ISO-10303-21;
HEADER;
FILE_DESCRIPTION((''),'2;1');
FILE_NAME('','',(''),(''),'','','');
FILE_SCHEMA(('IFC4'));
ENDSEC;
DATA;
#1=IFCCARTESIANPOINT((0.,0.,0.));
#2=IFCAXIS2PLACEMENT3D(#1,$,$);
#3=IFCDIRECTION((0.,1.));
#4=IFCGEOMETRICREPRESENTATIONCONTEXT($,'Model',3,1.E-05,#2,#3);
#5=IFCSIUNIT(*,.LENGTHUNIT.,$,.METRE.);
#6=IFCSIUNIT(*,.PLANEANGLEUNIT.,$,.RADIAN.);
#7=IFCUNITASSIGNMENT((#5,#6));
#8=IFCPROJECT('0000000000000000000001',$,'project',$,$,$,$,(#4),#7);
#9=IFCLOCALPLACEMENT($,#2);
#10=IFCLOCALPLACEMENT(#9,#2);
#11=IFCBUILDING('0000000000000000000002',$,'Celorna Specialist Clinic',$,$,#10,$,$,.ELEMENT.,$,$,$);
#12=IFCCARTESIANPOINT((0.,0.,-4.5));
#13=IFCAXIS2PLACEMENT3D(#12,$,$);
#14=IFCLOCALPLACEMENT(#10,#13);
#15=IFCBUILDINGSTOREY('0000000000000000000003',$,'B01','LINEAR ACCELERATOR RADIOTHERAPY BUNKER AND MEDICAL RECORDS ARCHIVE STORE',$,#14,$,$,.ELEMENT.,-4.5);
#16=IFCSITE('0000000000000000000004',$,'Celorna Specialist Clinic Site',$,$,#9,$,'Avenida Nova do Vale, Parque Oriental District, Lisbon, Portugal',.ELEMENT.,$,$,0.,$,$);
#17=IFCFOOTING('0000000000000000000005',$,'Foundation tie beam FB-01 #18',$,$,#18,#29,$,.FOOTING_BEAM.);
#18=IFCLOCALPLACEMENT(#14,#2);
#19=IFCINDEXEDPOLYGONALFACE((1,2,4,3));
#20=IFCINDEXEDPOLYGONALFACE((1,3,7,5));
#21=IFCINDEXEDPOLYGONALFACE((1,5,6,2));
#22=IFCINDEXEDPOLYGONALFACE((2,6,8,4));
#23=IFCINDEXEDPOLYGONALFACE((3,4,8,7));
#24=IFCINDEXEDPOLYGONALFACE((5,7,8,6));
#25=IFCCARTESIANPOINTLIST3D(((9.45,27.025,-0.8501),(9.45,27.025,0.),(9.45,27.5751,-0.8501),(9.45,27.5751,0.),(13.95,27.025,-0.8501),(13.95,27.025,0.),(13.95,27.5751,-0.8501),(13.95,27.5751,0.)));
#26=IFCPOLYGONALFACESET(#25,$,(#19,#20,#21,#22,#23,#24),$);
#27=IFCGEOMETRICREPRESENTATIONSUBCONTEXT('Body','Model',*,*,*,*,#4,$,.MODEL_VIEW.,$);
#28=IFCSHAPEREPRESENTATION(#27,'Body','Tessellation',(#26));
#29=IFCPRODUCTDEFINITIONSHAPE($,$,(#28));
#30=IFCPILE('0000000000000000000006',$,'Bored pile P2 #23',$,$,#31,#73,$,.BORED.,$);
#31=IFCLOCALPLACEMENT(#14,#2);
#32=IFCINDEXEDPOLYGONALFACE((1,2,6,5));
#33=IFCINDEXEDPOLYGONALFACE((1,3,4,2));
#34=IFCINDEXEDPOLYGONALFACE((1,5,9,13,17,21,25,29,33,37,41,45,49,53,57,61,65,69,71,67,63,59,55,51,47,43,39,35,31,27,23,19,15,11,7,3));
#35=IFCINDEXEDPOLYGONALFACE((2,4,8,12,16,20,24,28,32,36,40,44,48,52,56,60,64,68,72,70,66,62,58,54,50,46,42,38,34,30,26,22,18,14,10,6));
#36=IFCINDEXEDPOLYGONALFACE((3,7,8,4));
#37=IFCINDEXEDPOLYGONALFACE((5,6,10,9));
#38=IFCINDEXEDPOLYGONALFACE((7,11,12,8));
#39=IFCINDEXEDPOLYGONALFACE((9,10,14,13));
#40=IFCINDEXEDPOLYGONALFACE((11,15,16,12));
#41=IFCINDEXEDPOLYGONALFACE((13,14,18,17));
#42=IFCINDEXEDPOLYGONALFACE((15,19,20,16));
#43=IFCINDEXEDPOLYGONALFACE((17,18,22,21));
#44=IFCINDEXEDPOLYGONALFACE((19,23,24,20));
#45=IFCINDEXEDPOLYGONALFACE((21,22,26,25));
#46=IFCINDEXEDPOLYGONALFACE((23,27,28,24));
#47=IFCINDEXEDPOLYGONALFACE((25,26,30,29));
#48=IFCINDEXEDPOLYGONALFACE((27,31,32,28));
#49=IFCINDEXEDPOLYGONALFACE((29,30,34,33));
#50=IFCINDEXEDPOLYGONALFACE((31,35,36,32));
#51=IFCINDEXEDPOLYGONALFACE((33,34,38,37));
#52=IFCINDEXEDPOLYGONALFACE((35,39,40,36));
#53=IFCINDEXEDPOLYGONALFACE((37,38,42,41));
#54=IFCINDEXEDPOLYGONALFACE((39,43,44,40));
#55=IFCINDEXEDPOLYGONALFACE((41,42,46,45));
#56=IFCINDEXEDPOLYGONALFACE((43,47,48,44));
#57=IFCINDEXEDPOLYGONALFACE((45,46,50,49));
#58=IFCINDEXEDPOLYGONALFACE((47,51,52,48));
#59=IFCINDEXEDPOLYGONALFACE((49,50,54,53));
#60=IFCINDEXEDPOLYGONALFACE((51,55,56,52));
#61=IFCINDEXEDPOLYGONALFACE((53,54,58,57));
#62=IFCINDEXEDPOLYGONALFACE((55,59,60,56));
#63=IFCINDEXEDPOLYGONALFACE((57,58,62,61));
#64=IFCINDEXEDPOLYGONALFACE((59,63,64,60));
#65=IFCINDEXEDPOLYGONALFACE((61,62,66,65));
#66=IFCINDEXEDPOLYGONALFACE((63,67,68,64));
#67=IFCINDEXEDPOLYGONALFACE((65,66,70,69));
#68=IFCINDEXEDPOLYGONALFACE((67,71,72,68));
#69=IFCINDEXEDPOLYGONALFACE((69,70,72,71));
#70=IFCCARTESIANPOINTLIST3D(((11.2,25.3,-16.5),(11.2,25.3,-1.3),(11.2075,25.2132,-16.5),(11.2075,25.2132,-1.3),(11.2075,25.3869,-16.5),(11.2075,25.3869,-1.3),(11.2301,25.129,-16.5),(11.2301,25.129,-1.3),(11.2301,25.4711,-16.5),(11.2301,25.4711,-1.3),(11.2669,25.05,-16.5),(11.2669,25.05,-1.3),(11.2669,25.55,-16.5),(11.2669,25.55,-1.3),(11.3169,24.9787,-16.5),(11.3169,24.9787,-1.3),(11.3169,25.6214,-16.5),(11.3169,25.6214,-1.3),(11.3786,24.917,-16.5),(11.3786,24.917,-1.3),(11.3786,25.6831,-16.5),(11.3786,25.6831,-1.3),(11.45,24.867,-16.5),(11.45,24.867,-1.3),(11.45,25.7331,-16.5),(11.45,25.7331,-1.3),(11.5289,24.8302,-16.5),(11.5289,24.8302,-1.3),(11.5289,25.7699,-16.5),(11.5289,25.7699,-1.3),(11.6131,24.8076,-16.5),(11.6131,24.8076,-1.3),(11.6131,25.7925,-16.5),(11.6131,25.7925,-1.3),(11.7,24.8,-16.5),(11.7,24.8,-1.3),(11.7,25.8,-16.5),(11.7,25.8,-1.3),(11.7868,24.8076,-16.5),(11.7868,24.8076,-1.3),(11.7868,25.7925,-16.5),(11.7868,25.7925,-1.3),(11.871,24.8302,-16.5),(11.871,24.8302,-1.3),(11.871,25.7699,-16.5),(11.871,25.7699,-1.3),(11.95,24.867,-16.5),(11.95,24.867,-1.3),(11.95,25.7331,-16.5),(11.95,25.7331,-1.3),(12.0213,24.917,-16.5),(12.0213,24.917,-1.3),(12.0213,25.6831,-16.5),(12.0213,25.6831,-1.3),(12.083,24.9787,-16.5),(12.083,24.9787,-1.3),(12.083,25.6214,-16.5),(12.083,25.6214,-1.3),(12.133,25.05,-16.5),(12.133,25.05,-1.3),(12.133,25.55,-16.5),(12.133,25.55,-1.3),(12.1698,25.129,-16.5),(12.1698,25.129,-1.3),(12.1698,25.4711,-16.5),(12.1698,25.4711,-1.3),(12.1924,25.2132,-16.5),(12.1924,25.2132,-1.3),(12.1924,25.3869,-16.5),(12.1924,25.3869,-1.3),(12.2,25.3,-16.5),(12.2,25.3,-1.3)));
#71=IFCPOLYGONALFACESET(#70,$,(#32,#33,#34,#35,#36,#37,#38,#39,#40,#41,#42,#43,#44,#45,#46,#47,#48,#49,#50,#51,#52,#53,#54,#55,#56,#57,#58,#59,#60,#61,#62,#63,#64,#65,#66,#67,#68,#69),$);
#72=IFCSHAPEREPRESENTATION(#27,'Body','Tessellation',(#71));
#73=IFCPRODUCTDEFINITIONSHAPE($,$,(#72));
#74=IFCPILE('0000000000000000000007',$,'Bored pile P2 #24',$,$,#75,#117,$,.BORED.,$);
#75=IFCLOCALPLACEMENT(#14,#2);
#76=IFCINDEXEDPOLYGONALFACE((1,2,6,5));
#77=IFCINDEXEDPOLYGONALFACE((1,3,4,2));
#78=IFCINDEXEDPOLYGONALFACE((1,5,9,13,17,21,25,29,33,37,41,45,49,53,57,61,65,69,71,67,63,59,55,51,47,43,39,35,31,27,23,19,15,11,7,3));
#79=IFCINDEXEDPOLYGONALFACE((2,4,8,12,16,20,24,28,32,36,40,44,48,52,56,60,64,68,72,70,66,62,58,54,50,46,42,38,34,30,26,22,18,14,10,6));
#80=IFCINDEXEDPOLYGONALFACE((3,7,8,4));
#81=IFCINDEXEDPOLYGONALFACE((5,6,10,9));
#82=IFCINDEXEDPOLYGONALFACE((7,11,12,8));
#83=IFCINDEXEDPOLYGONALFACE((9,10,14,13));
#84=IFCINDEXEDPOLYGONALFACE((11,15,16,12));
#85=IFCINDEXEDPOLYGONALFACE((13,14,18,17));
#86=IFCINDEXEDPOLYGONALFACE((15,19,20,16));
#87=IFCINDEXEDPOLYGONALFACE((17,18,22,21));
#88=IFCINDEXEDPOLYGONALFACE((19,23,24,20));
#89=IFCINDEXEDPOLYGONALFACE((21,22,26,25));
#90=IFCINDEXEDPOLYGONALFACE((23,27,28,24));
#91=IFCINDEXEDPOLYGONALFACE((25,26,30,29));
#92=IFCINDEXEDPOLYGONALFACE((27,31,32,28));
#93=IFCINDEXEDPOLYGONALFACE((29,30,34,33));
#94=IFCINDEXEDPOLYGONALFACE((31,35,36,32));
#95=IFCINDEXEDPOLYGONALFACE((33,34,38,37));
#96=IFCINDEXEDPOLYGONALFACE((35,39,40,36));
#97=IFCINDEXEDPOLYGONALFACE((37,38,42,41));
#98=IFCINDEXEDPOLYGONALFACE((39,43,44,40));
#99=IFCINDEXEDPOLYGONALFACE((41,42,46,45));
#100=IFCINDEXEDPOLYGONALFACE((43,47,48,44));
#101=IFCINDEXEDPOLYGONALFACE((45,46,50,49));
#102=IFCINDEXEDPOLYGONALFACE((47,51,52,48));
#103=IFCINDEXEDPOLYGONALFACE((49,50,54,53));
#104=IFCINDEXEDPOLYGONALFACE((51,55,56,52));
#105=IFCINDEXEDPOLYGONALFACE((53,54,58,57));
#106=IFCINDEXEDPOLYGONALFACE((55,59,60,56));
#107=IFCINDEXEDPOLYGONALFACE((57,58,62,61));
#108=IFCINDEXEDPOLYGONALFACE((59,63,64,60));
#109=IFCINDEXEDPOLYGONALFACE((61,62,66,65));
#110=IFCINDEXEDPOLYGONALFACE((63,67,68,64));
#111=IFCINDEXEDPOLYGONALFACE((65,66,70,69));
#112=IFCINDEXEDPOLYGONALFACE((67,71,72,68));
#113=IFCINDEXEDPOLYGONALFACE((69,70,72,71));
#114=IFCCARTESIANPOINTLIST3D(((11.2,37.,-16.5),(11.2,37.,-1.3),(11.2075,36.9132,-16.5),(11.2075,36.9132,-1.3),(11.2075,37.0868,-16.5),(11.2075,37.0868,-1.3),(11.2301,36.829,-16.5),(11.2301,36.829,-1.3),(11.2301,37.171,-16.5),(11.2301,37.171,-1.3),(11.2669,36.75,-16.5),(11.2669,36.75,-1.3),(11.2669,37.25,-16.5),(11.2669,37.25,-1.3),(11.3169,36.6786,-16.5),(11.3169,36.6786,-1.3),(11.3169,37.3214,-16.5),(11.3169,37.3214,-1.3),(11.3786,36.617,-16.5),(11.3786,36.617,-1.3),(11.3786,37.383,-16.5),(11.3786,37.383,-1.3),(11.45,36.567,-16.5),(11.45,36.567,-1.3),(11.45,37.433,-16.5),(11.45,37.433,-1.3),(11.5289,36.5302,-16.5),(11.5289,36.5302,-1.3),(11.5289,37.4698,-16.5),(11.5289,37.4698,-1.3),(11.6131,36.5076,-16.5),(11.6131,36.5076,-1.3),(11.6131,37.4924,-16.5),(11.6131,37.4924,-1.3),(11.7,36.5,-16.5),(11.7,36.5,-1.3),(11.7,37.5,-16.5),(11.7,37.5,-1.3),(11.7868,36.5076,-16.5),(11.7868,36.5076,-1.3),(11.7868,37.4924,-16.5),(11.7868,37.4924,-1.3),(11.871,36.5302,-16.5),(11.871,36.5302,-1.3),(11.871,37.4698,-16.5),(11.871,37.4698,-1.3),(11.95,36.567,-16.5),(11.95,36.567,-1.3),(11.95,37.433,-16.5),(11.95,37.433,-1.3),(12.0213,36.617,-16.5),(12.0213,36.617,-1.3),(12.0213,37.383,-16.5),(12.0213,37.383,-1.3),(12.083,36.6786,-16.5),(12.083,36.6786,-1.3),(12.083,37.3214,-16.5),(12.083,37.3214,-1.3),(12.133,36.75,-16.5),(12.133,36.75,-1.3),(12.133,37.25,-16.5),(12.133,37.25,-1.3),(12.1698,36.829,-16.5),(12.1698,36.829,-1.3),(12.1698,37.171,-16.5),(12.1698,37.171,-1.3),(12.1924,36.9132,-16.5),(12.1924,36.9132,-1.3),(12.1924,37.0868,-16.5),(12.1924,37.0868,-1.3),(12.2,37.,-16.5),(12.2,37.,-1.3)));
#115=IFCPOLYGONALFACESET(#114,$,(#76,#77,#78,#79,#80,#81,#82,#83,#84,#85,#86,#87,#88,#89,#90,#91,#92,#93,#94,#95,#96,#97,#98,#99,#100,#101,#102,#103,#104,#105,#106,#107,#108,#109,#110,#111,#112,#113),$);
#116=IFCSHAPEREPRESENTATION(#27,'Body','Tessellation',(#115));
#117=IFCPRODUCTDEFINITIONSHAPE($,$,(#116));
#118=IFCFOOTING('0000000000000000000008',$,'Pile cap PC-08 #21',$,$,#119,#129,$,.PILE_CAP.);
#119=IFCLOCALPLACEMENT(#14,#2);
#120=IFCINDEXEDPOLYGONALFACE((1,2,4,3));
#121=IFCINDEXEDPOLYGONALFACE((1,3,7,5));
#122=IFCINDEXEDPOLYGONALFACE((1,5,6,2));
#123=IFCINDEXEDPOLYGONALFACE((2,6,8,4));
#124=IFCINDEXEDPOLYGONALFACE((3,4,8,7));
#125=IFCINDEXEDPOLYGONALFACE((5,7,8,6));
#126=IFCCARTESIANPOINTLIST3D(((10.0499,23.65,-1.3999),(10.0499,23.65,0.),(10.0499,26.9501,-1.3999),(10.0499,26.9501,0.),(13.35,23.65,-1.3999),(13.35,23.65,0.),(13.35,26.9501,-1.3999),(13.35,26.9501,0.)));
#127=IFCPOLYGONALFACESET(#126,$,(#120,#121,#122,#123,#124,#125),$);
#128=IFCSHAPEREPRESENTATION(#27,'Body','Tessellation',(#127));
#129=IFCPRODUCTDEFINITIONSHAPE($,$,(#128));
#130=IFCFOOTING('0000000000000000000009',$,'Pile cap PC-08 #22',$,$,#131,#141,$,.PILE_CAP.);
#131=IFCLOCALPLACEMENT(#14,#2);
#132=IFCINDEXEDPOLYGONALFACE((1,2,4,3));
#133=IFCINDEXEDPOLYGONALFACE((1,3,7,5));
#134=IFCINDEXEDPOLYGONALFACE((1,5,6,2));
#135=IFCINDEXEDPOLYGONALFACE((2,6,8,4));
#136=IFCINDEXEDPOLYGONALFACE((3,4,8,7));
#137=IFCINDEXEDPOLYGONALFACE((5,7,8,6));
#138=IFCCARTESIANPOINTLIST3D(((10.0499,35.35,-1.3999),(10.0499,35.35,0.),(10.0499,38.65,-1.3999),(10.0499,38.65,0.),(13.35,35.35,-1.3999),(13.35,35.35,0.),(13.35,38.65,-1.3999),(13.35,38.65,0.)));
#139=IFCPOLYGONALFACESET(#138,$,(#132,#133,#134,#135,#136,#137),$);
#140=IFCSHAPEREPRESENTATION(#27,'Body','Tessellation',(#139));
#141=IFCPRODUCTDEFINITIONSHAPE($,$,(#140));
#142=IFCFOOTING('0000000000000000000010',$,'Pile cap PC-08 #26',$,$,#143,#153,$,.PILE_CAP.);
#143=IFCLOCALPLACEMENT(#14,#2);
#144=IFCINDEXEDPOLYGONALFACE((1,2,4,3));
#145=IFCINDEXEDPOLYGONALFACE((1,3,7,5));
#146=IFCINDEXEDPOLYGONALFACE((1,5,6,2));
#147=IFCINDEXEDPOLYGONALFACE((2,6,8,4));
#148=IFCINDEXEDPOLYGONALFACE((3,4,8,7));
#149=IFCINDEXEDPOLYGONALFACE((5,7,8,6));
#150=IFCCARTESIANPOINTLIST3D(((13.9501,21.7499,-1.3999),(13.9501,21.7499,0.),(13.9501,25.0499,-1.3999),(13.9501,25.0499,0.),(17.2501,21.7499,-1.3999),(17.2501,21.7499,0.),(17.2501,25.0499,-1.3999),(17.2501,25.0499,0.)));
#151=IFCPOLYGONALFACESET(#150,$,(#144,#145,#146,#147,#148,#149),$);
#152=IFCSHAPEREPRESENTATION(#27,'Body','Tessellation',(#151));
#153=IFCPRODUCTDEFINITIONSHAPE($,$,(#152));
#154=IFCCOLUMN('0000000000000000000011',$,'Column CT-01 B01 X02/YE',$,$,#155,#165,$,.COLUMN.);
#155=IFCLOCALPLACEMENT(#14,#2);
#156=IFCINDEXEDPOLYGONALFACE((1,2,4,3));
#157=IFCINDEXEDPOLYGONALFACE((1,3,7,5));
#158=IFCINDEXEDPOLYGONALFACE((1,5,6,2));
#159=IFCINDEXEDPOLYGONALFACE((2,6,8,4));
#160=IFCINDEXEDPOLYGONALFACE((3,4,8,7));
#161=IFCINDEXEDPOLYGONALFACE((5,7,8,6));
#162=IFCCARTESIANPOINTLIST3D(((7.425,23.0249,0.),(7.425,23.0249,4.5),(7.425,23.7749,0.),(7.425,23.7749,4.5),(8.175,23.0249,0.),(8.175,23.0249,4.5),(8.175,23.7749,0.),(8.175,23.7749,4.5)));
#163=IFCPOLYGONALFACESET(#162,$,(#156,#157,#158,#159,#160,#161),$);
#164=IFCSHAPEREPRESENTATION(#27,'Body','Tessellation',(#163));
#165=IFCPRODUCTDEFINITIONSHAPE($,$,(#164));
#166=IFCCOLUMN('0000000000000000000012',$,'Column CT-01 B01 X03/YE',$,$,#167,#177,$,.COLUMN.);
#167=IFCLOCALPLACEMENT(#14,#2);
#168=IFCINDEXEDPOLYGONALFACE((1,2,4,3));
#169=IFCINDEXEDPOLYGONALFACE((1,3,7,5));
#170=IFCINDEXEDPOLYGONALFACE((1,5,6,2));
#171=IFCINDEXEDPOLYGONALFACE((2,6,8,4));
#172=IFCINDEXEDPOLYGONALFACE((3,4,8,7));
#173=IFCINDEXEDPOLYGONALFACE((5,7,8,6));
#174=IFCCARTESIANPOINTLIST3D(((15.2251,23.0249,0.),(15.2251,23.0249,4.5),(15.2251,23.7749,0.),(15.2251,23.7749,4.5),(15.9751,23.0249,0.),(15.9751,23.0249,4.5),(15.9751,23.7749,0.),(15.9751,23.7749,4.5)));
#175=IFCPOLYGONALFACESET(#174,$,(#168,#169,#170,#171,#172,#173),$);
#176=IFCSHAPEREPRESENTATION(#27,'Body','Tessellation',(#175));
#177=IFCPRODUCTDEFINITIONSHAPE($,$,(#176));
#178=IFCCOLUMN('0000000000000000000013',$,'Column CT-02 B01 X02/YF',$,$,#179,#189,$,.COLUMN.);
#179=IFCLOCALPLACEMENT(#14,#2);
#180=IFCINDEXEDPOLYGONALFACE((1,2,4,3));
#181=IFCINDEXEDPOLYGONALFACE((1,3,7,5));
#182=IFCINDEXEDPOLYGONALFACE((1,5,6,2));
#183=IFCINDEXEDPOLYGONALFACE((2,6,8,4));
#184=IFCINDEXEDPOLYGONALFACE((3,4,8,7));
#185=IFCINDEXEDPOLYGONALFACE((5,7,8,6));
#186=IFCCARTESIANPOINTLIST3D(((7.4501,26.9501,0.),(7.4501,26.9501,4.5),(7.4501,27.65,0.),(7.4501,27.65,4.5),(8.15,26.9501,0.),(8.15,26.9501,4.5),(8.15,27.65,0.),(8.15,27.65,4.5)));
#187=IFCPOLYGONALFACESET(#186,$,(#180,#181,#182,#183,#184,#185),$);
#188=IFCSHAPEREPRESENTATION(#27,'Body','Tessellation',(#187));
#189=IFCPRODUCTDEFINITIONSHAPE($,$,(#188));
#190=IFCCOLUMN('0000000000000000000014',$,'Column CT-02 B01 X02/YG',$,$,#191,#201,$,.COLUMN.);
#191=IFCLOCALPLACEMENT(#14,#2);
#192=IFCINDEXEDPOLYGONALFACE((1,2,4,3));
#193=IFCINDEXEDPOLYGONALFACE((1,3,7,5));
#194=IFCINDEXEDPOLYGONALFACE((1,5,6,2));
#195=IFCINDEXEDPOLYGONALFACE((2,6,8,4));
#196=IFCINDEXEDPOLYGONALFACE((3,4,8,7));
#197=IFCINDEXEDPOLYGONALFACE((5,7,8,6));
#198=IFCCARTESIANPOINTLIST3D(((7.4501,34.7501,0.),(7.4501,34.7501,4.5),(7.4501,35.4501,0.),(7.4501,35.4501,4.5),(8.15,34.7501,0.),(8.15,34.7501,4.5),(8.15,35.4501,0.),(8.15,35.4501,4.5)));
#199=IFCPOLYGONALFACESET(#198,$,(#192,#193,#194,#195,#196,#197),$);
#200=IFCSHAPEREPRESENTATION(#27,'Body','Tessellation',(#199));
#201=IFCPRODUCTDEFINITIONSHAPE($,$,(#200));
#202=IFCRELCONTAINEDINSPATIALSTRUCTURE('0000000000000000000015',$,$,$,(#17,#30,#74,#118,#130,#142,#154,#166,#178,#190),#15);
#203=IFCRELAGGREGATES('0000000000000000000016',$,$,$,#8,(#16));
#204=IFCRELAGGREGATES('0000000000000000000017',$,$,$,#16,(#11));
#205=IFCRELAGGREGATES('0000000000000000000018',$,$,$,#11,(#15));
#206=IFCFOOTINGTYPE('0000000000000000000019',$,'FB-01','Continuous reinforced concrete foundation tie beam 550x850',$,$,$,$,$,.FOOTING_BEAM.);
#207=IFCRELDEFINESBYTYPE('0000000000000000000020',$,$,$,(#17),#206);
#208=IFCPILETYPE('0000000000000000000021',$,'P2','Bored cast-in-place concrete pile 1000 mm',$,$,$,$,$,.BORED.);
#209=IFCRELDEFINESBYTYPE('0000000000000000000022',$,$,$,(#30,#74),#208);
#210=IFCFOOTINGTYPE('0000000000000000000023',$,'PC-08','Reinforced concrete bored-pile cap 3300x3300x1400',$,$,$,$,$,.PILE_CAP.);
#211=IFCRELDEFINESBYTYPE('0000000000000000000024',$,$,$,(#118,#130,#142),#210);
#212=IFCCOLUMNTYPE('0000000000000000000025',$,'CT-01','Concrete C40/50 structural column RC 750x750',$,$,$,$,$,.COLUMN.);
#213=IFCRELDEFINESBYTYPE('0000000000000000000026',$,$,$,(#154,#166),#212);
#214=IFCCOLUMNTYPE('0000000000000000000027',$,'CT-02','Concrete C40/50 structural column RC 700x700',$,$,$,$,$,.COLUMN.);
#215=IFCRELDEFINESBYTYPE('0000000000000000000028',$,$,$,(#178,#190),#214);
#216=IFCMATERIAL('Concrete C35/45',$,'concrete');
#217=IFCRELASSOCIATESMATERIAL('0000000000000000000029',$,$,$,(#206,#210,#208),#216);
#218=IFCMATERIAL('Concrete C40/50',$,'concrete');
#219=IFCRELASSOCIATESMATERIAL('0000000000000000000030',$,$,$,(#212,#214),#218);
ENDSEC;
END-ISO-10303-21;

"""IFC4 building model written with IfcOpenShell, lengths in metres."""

from ifc_helpers import new_model, si_unit, direction, frame, origin, origin_2d, place, context, subcontext, project, spatial, rectangle, circle, extrude, material, material_profile, profile_set, type_object, element, save


model = new_model("IFC4")

# Units and contexts
model_context = context("Model", 3, precision=1e-05, world=origin(), true_north=direction((0.0, 1.0)))
body_context = subcontext(model_context, "Body", "Model", "MODEL_VIEW")
ifc_project = project(units=[si_unit("LENGTHUNIT", "METRE"), si_unit("PLANEANGLEUNIT", "RADIAN")], contexts=[model_context])

# Site, building, storey
site_placement = place(None, origin())
site = spatial("IfcSite", under=ifc_project, at=site_placement, Name="Celorna Specialist Clinic Site", LongName="Avenida Nova do Vale, Parque Oriental District, Lisbon, Portugal", CompositionType="ELEMENT", RefElevation=0.0)
building_placement = place(site_placement, origin())
building = spatial("IfcBuilding", under=site, at=building_placement, Name="Celorna Specialist Clinic", CompositionType="ELEMENT")
storey_placement = place(building_placement, frame((0.0, 0.0, -4.5)))
storey = spatial("IfcBuildingStorey", under=building, at=storey_placement, Name="B01", Description="LINEAR ACCELERATOR RADIOTHERAPY BUNKER AND MEDICAL RECORDS ARCHIVE STORE", CompositionType="ELEMENT", Elevation=-4.5)

# Footing
ifc_material_1 = material(Name="Concrete C35/45", Category="concrete")
footing_type_1 = type_object("IfcFootingType", Name="FB-01", Description="Continuous reinforced concrete foundation tie beam 550x850", PredefinedType="FOOTING_BEAM", material=ifc_material_1)
footing_placement = place(storey_placement, frame((11.7, 27.3, -0.8501), z_axis=(0.0, 0.0, 1.0), x_axis=(1.0, 0.0, 0.0)))
element("IfcFooting", 1, at=footing_placement, inside=storey, type_object=footing_type_1, Name="Foundation tie beam FB-01 #18", PredefinedType="FOOTING_BEAM", context=body_context, shape_type="SweptSolid", body=[
    extrude(rectangle(XDim=4.5, YDim=0.55, at=origin_2d()), origin(), (0.0, 0.0, 1.0), 0.8501),
])

# Piles
ifc_material_profile_1 = material_profile(ifc_material_1, circle(Radius=0.5, at=origin_2d()), Name="BORED PILE 1000")
ifc_profile_set_1 = profile_set([ifc_material_profile_1], Name="Concrete C35/45")
pile_type = type_object("IfcPileType", Name="P2", Description="Bored cast-in-place concrete pile 1000 mm", PredefinedType="BORED", material=ifc_profile_set_1)
for number, where, z_axis, x_axis, name in (
    (2, (11.7, 25.3, -1.3), (0.0, 0.0, -1.0), (1.0, 0.0, 0.0), "Bored pile P2 #23"),
    (3, (11.7, 37.0, -1.3), (0.0, 0.0, -1.0), (1.0, 0.0, 0.0), "Bored pile P2 #24"),
):
    element("IfcPile", number, at=place(storey_placement, frame(where, z_axis=z_axis, x_axis=x_axis)), inside=storey, type_object=pile_type, Name=name, PredefinedType="BORED", context=body_context, shape_type="SweptSolid", body=[
        extrude(circle(Radius=0.5, at=origin_2d()), origin(), (0.0, 0.0, 1.0), 15.2),
    ])

# Footings
footing_type_2 = type_object("IfcFootingType", Name="PC-08", Description="Reinforced concrete bored-pile cap 3300x3300x1400", PredefinedType="PILE_CAP", material=ifc_material_1)
for number, where, z_axis, x_axis, name in (
    (4, (11.7, 25.3, -1.3999), (0.0, 0.0, 1.0), (1.0, 0.0, 0.0), "Pile cap PC-08 #21"),
    (5, (11.7, 37.0, -1.3999), (0.0, 0.0, 1.0), (1.0, 0.0, 0.0), "Pile cap PC-08 #22"),
    (6, (15.6001, 23.3999, -1.3999), (0.0, 0.0, 1.0), (1.0, 0.0, 0.0), "Pile cap PC-08 #26"),
):
    element("IfcFooting", number, at=place(storey_placement, frame(where, z_axis=z_axis, x_axis=x_axis)), inside=storey, type_object=footing_type_2, Name=name, PredefinedType="PILE_CAP", context=body_context, shape_type="SweptSolid", body=[
        extrude(rectangle(XDim=3.3, YDim=3.3, at=origin_2d()), origin(), (0.0, 0.0, 1.0), 1.3999),
    ])

# Columns
ifc_material_2 = material(Name="Concrete C40/50", Category="concrete")
ifc_material_profile_2 = material_profile(ifc_material_2, rectangle(XDim=0.75, YDim=0.75, at=origin_2d()), Name="RC 750x750")
ifc_profile_set_2 = profile_set([ifc_material_profile_2], Name="Concrete C40/50")
column_type_1 = type_object("IfcColumnType", Name="CT-01", Description="Concrete C40/50 structural column RC 750x750", PredefinedType="COLUMN", material=ifc_profile_set_2)
for number, where, z_axis, x_axis, name in (
    (7, (7.8, 23.3999, 0.0), (0.0, 0.0, 1.0), (1.0, 0.0, 0.0), "Column CT-01 B01 X02/YE"),
    (8, (15.6001, 23.3999, 0.0), (0.0, 0.0, 1.0), (1.0, 0.0, 0.0), "Column CT-01 B01 X03/YE"),
):
    element("IfcColumn", number, at=place(storey_placement, frame(where, z_axis=z_axis, x_axis=x_axis)), inside=storey, type_object=column_type_1, Name=name, PredefinedType="COLUMN", context=body_context, shape_type="SweptSolid", body=[
        extrude(rectangle(XDim=0.75, YDim=0.75, at=origin_2d()), origin(), (0.0, 0.0, 1.0), 4.5),
    ])
ifc_material_profile_3 = material_profile(ifc_material_2, rectangle(XDim=0.7, YDim=0.7, at=origin_2d()), Name="RC 700x700")
ifc_profile_set_3 = profile_set([ifc_material_profile_3], Name="Concrete C40/50")
column_type_2 = type_object("IfcColumnType", Name="CT-02", Description="Concrete C40/50 structural column RC 700x700", PredefinedType="COLUMN", material=ifc_profile_set_3)
for number, where, z_axis, x_axis, name in (
    (9, (7.8, 27.3, 0.0), (0.0, 0.0, 1.0), (1.0, 0.0, 0.0), "Column CT-02 B01 X02/YF"),
    (10, (7.8, 35.1001, 0.0), (0.0, 0.0, 1.0), (1.0, 0.0, 0.0), "Column CT-02 B01 X02/YG"),
):
    element("IfcColumn", number, at=place(storey_placement, frame(where, z_axis=z_axis, x_axis=x_axis)), inside=storey, type_object=column_type_2, Name=name, PredefinedType="COLUMN", context=body_context, shape_type="SweptSolid", body=[
        extrude(rectangle(XDim=0.7, YDim=0.7, at=origin_2d()), origin(), (0.0, 0.0, 1.0), 4.5),
    ])

save(model, "model.ifc")
